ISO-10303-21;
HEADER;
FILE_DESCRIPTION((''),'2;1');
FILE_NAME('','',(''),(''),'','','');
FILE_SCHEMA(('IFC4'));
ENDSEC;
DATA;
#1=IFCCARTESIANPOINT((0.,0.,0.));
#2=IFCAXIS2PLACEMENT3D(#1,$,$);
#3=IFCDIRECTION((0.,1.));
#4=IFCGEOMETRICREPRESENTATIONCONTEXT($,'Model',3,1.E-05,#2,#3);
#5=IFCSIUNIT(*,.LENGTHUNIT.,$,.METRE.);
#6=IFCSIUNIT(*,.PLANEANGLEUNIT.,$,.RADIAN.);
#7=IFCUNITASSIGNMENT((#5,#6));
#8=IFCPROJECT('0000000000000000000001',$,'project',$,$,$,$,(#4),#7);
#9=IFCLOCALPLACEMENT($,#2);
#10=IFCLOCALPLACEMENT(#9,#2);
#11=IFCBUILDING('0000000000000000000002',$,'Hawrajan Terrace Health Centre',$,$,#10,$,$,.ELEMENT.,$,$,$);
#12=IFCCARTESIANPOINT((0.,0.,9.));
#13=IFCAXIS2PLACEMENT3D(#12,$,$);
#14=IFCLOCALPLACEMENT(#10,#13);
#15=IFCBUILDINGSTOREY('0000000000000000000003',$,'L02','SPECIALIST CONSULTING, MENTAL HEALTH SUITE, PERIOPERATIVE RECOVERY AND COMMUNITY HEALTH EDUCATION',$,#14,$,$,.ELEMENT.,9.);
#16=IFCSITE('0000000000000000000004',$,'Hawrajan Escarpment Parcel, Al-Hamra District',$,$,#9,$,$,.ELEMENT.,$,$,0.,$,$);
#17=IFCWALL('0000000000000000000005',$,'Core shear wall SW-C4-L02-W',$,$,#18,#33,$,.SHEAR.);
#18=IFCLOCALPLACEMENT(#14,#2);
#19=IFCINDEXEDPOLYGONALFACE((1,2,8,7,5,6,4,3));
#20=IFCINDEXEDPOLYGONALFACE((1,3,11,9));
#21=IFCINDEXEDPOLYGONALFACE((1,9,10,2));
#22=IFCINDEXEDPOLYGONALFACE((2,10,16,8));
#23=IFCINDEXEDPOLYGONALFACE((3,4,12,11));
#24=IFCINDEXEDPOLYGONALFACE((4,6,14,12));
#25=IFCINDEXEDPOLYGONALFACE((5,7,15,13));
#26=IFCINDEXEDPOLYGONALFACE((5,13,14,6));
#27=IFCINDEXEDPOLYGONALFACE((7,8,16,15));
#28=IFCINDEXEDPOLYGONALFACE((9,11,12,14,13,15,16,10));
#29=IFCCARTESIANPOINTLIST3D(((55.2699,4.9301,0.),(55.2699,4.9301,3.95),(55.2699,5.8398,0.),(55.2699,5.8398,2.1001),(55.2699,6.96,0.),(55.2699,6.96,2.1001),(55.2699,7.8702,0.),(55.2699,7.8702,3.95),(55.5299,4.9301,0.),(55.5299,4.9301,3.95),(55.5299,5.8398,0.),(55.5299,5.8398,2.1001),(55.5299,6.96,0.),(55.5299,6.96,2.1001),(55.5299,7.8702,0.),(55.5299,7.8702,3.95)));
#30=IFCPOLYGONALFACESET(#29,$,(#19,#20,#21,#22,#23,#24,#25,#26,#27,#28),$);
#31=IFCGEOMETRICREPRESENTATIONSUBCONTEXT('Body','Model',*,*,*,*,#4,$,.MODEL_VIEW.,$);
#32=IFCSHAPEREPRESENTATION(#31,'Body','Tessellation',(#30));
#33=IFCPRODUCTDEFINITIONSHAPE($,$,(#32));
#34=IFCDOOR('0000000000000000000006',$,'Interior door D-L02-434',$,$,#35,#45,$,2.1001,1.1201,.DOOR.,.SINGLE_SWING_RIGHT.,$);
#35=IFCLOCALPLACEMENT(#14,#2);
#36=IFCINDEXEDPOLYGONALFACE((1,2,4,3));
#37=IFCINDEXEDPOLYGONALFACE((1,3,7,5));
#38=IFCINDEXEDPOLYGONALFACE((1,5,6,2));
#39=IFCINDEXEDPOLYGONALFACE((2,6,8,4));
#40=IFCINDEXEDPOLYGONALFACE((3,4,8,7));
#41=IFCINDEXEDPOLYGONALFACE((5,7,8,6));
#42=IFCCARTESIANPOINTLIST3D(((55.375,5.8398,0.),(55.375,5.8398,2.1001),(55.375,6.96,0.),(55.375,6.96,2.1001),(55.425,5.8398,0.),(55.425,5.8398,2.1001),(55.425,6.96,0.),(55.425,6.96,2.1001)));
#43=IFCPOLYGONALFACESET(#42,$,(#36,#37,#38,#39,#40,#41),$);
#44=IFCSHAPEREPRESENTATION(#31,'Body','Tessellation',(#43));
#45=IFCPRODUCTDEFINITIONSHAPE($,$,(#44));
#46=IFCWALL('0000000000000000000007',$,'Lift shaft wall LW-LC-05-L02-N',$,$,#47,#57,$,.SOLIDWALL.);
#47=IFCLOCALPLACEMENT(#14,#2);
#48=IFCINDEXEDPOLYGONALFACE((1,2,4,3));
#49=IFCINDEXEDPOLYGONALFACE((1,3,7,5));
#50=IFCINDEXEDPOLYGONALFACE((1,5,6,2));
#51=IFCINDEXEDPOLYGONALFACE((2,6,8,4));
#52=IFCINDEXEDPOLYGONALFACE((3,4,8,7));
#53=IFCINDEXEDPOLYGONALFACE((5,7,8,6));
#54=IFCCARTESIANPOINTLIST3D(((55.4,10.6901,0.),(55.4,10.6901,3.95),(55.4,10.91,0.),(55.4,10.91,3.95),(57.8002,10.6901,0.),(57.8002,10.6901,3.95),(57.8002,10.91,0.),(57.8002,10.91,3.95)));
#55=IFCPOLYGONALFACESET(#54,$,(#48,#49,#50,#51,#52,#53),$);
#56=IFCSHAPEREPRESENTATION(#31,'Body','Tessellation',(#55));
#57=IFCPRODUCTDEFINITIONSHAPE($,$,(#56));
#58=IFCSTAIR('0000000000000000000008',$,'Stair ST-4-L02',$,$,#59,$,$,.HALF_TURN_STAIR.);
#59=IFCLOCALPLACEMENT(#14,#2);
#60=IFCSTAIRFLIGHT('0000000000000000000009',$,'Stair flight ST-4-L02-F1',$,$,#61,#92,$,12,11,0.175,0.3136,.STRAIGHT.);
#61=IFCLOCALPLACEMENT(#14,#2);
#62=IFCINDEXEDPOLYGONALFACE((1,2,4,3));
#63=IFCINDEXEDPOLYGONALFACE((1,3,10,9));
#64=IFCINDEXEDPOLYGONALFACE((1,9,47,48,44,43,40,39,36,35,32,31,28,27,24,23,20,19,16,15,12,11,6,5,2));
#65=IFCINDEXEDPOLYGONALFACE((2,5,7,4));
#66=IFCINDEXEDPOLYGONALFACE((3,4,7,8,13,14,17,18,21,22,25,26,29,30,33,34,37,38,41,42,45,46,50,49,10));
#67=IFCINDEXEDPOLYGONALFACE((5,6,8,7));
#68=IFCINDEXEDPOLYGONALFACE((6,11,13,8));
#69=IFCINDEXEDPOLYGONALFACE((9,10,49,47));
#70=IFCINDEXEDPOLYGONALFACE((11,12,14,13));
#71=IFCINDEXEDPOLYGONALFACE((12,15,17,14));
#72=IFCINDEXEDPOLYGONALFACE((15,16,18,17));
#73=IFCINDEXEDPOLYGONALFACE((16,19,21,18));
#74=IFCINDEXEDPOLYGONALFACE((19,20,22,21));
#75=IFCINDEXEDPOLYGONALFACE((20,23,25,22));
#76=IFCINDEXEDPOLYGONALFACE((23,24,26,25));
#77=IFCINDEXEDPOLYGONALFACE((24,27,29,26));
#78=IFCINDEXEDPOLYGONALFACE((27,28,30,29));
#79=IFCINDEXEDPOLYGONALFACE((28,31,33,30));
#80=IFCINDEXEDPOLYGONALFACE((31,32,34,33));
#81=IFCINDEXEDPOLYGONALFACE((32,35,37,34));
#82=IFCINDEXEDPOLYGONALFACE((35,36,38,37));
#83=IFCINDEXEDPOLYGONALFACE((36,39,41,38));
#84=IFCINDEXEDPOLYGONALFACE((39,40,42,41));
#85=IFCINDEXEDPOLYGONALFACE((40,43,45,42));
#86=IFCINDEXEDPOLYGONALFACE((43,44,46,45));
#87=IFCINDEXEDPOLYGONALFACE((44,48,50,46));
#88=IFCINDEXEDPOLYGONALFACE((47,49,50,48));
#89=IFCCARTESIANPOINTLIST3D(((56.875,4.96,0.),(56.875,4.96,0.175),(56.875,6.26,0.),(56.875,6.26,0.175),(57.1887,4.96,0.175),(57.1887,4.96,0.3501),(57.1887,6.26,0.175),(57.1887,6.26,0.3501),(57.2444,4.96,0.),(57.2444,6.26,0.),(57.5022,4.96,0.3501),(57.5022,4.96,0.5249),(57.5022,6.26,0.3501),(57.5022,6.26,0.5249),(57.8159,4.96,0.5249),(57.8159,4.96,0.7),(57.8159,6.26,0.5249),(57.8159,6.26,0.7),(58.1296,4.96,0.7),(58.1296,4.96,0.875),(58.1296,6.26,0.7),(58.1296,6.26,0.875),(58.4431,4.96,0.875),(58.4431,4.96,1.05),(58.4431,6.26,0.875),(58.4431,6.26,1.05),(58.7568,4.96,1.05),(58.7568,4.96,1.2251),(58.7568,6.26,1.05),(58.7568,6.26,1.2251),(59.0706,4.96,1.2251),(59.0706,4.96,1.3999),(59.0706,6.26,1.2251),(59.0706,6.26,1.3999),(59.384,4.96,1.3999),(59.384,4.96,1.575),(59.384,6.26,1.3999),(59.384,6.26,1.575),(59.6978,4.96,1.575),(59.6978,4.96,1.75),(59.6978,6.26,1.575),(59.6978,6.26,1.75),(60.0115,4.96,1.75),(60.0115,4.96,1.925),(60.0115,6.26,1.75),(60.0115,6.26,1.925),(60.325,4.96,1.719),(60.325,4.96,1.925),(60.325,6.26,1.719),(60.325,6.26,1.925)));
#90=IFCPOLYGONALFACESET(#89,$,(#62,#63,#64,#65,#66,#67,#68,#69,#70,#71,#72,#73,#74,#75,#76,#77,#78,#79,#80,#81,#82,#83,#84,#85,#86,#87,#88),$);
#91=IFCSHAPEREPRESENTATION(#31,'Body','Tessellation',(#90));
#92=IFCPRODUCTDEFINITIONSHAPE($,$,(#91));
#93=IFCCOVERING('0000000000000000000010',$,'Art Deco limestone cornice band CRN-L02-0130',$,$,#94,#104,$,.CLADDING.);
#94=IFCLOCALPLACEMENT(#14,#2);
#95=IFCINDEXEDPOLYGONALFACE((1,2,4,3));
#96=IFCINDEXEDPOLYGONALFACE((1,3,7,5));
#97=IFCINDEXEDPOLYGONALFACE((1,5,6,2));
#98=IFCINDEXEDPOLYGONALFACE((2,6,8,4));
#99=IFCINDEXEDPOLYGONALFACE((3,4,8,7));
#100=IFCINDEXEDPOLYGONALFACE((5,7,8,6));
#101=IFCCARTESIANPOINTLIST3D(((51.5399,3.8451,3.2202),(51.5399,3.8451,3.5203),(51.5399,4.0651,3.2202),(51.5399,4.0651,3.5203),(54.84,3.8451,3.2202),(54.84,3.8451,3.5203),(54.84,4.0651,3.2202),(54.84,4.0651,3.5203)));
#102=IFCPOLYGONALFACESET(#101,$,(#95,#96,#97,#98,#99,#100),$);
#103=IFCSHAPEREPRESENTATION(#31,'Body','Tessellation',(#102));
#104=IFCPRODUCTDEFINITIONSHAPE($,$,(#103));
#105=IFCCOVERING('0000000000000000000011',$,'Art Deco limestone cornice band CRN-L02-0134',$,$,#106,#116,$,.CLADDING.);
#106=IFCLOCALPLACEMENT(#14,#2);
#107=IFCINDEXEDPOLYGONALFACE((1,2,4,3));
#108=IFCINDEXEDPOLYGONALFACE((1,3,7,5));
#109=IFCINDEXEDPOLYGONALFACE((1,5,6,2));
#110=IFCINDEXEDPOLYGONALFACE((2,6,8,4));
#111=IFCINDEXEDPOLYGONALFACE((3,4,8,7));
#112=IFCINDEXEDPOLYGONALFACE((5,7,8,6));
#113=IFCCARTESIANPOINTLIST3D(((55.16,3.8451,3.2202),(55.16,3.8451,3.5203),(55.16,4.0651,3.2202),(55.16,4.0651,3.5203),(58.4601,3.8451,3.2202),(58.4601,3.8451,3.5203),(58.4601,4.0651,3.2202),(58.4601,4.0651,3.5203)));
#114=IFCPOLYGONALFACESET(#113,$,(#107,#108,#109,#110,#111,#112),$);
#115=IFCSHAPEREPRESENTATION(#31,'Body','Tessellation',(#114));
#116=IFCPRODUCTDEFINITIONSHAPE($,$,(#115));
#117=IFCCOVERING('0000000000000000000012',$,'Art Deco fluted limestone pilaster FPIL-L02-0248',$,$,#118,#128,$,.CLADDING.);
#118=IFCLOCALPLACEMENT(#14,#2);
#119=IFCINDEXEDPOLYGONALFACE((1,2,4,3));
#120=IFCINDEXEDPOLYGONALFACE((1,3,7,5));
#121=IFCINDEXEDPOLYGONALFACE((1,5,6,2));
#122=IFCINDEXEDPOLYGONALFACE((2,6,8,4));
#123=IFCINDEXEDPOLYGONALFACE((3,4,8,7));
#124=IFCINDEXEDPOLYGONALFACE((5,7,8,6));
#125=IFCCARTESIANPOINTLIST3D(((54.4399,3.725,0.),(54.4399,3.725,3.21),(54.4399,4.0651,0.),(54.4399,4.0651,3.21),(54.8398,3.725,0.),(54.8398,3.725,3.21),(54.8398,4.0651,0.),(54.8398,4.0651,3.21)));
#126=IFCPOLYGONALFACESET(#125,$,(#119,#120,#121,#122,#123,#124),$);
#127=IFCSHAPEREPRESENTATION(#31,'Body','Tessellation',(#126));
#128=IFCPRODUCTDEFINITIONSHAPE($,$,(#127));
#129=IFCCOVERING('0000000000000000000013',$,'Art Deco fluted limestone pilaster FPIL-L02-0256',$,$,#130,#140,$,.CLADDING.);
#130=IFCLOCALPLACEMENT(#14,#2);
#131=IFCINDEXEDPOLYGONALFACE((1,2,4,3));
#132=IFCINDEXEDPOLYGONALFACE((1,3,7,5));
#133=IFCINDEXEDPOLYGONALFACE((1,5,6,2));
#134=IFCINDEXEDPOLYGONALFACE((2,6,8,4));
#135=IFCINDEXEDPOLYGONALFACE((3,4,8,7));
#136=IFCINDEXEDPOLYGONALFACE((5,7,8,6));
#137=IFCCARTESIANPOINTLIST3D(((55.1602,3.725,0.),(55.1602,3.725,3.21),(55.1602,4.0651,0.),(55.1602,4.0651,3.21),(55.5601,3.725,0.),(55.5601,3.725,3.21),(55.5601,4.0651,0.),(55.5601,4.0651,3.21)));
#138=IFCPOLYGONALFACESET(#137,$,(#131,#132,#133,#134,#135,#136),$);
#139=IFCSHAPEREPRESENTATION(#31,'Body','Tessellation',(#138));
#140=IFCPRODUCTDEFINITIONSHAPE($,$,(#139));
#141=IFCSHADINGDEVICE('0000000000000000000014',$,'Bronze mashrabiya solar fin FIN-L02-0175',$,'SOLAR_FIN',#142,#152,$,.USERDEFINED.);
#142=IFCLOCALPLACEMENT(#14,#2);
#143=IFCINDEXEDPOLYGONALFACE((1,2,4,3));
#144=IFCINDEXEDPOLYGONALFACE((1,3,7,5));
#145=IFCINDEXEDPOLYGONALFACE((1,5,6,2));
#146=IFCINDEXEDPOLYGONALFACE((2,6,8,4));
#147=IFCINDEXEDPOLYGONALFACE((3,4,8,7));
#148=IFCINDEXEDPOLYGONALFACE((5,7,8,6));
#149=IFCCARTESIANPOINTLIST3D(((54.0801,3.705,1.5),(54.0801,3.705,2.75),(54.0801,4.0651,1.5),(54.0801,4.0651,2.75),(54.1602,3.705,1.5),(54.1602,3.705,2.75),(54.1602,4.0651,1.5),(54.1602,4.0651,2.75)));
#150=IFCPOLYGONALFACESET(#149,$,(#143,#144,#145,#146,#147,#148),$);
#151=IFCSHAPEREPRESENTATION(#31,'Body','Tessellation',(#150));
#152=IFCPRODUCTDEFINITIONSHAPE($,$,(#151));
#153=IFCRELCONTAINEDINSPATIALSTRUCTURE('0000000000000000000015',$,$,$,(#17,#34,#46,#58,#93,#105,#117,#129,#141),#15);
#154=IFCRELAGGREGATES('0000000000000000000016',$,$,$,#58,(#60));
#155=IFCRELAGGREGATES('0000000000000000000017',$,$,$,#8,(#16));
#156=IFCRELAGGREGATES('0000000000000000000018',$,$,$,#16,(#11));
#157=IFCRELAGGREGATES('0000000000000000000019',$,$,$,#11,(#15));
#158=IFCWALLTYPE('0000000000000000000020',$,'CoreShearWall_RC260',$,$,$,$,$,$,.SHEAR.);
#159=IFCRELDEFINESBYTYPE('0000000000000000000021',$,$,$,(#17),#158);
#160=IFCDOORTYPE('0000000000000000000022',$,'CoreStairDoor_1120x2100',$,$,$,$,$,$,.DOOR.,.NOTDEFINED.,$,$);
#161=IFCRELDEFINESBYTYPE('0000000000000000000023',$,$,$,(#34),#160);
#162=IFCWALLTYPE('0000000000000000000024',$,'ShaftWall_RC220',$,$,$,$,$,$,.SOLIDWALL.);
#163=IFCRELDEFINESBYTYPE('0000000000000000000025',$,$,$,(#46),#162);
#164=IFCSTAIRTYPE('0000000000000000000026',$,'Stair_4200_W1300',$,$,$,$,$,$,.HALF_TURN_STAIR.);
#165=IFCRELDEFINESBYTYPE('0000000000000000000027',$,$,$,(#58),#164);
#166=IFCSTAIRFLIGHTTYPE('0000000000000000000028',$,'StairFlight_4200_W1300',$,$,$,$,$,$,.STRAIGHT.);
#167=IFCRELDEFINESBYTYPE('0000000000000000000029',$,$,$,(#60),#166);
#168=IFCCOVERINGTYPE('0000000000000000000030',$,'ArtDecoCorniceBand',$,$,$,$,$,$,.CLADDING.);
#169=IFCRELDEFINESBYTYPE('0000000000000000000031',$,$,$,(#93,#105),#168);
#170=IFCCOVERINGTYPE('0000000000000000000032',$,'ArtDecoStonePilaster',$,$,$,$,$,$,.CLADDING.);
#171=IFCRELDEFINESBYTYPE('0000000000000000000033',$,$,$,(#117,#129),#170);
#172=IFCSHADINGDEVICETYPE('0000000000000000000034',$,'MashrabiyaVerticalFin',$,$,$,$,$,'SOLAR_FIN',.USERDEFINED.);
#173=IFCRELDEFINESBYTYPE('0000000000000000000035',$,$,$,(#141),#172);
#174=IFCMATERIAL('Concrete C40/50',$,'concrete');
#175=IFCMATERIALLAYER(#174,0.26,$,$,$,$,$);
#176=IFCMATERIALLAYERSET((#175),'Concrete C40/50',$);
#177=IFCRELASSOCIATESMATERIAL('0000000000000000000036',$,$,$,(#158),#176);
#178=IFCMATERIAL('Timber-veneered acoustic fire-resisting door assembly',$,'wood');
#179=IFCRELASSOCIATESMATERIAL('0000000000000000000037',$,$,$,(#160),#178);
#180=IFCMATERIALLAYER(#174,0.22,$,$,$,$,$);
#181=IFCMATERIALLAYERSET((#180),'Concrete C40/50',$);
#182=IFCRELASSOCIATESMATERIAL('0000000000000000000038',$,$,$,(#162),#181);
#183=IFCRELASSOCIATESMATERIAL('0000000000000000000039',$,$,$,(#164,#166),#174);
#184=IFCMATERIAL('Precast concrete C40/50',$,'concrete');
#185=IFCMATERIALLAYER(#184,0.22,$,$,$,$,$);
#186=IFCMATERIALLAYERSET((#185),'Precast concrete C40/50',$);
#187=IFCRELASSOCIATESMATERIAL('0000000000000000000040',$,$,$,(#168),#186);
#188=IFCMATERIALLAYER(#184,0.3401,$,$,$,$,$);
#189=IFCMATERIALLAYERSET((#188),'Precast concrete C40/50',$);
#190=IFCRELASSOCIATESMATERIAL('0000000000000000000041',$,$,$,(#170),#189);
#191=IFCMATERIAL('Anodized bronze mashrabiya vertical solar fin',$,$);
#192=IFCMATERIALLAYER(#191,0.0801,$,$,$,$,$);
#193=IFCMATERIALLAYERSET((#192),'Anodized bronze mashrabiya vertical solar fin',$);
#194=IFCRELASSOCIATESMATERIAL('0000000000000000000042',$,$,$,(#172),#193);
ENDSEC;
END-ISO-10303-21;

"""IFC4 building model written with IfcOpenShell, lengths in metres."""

from ifc_helpers import new_model, si_unit, direction, frame, frame_2d, origin, origin_2d, place, context, subcontext, project, spatial, polyline, rectangle, outline, extrude, material, layer, layer_set, type_object, element, fill, aggregate, save


model = new_model("IFC4")

# Units and contexts
model_context = context("Model", 3, precision=1e-05, world=origin(), true_north=direction((0.0, 1.0)))
body_context = subcontext(model_context, "Body", "Model", "MODEL_VIEW")
ifc_project = project(units=[si_unit("LENGTHUNIT", "METRE"), si_unit("PLANEANGLEUNIT", "RADIAN")], contexts=[model_context])

# Site, building, storey
site_placement = place(None, origin())
site = spatial("IfcSite", under=ifc_project, at=site_placement, Name="Hawrajan Escarpment Parcel, Al-Hamra District", CompositionType="ELEMENT", RefElevation=0.0)
building_placement = place(site_placement, origin())
building = spatial("IfcBuilding", under=site, at=building_placement, Name="Hawrajan Terrace Health Centre", CompositionType="ELEMENT")
storey_placement = place(building_placement, frame((0.0, 0.0, 9.0)))
storey = spatial("IfcBuildingStorey", under=building, at=storey_placement, Name="L02", Description="SPECIALIST CONSULTING, MENTAL HEALTH SUITE, PERIOPERATIVE RECOVERY AND COMMUNITY HEALTH EDUCATION", CompositionType="ELEMENT", Elevation=9.0)

# Shared definitions
ifc_material_1 = material(Name="Precast concrete C40/50", Category="concrete")
ifc_material_2 = material(Name="Concrete C40/50", Category="concrete")
ifc_layer_1 = layer(ifc_material_2, 0.26)
ifc_layer_set_1 = layer_set([ifc_layer_1], Name="Concrete C40/50")
wall_type_1 = type_object("IfcWallType", Name="CoreShearWall_RC260", PredefinedType="SHEAR", material=ifc_layer_set_1)

# Wall, opening, door
wall_1_placement = place(storey_placement, frame((55.3999, 4.9299, 0.0), z_axis=(0.0, 0.0, 1.0), x_axis=(0.0, 1.0, 0.0)))
wall_1 = element("IfcWall", 1, at=wall_1_placement, inside=storey, type_object=wall_type_1, Name="Core shear wall SW-C4-L02-W", PredefinedType="SHEAR", context=body_context, shape_type="SweptSolid", body=[
    extrude(rectangle(XDim=2.9402, YDim=0.26, at=frame_2d((1.4702, 0.0))), origin(), (0.0, 0.0, 1.0), 3.95),
])
opening_1_placement = place(wall_1_placement, frame((0.9099, 0.0, 0.0)))
opening_1 = element("IfcOpeningElement", 2, at=opening_1_placement, cuts=wall_1, PredefinedType="OPENING", context=body_context, shape_type="SweptSolid", body=[
    extrude(rectangle(XDim=1.1201, YDim=2.1001, at=frame_2d((0.5601, 1.05))), frame((0.0, 0.1399, 0.0), z_axis=(0.0, -1.0, 0.0), x_axis=(1.0, 0.0, 0.0)), (0.0, 0.0, 1.0), 0.28),
])
ifc_material_3 = material(Name="Timber-veneered acoustic fire-resisting door assembly", Category="wood")
door_type_1 = type_object("IfcDoorType", Name="CoreStairDoor_1120x2100", OperationType="NOTDEFINED", PredefinedType="DOOR", material=ifc_material_3)
door_1_placement = place(opening_1_placement, origin())
door_1 = element("IfcDoor", 3, at=door_1_placement, inside=storey, type_object=door_type_1, Name="Interior door D-L02-434", OperationType="SINGLE_SWING_RIGHT", OverallHeight=2.1001, OverallWidth=1.1201, PredefinedType="DOOR", context=body_context, shape_type="SweptSolid", body=[
    extrude(rectangle(XDim=1.1201, YDim=2.1001, at=frame_2d((0.5601, 1.05))), frame((0.0, 0.0249, 0.0), z_axis=(0.0, -1.0, 0.0), x_axis=(1.0, 0.0, 0.0)), (0.0, 0.0, 1.0), 0.05),
])
fill(opening_1, door_1)

# Wall
ifc_layer_2 = layer(ifc_material_2, 0.22)
ifc_layer_set_2 = layer_set([ifc_layer_2], Name="Concrete C40/50")
wall_type_2 = type_object("IfcWallType", Name="ShaftWall_RC220", PredefinedType="SOLIDWALL", material=ifc_layer_set_2)
wall_2_placement = place(storey_placement, frame((55.3999, 10.8, 0.0), z_axis=(0.0, 0.0, 1.0), x_axis=(1.0, 0.0, 0.0)))
element("IfcWall", 4, at=wall_2_placement, inside=storey, type_object=wall_type_2, Name="Lift shaft wall LW-LC-05-L02-N", PredefinedType="SOLIDWALL", context=body_context, shape_type="SweptSolid", body=[
    extrude(rectangle(XDim=2.4001, YDim=0.22, at=frame_2d((1.2002, 0.0))), origin(), (0.0, 0.0, 1.0), 3.95),
])

# Stair, stair flight
stair_type = type_object("IfcStairType", Name="Stair_4200_W1300", PredefinedType="HALF_TURN_STAIR", material=ifc_material_2)
stair_placement = place(storey_placement, origin())
stair = element("IfcStair", 5, at=stair_placement, inside=storey, type_object=stair_type, Name="Stair ST-4-L02", PredefinedType="HALF_TURN_STAIR")
stair_flight_type = type_object("IfcStairFlightType", Name="StairFlight_4200_W1300", PredefinedType="STRAIGHT", material=ifc_material_2)
stair_flight_placement = place(storey_placement, frame((56.875, 5.6101, 0.0), z_axis=(0.0, 0.0, 1.0), x_axis=(1.0, 0.0, 0.0)))
stair_flight = element("IfcStairFlight", 6, at=stair_flight_placement, type_object=stair_flight_type, Name="Stair flight ST-4-L02-F1", NumberOfRisers=12, NumberOfTreads=11, PredefinedType="STRAIGHT", RiserHeight=0.175, TreadLength=0.3136, context=body_context, shape_type="SweptSolid", body=[
    extrude(outline(polyline([(0.0, 0.0), (0.0, 0.175), (0.3137, 0.175), (0.3137, 0.3501), (0.6272, 0.3501), (0.6272, 0.5249), (0.9409, 0.5249), (0.9409, 0.7), (1.2546, 0.7), (1.2546, 0.875), (1.5681, 0.875), (1.5681, 1.05), (1.8818, 1.05), (1.8818, 1.2251), (2.1956, 1.2251), (2.1956, 1.3999), (2.509, 1.3999), (2.509, 1.575), (2.8228, 1.575), (2.8228, 1.75), (3.1365, 1.75), (3.1365, 1.925), (3.45, 1.925), (3.45, 2.1001), (3.45, 1.719), (0.3694, 0.0), (0.0, 0.0)])), frame((0.0, 0.6499, 0.0), z_axis=(0.0, -1.0, 0.0), x_axis=(1.0, 0.0, 0.0)), (0.0, 0.0, 1.0), 1.3),
])
aggregate(stair, [stair_flight])

# Coverings
ifc_layer_3 = layer(ifc_material_1, 0.22)
ifc_layer_set_3 = layer_set([ifc_layer_3], Name="Precast concrete C40/50")
covering_type_1 = type_object("IfcCoveringType", Name="ArtDecoCorniceBand", PredefinedType="CLADDING", material=ifc_layer_set_3)
for number, where, z_axis, x_axis, name in (
    (7, (53.1899, 3.9551, 3.2202), (0.0, 0.0, 1.0), (1.0, 0.0, 0.0), "Art Deco limestone cornice band CRN-L02-0130"),
    (8, (56.8101, 3.9551, 3.2202), (0.0, 0.0, 1.0), (1.0, 0.0, 0.0), "Art Deco limestone cornice band CRN-L02-0134"),
):
    element("IfcCovering", number, at=place(storey_placement, frame(where, z_axis=z_axis, x_axis=x_axis)), inside=storey, type_object=covering_type_1, Name=name, PredefinedType="CLADDING", context=body_context, shape_type="SweptSolid", body=[
        extrude(rectangle(XDim=3.3, YDim=0.22, at=origin_2d()), origin(), (0.0, 0.0, 1.0), 0.3),
    ])
ifc_layer_4 = layer(ifc_material_1, 0.3401)
ifc_layer_set_4 = layer_set([ifc_layer_4], Name="Precast concrete C40/50")
covering_type_2 = type_object("IfcCoveringType", Name="ArtDecoStonePilaster", PredefinedType="CLADDING", material=ifc_layer_set_4)
for number, where, z_axis, x_axis, name in (
    (9, (54.6399, 3.895, 0.0), (0.0, 0.0, 1.0), (1.0, 0.0, 0.0), "Art Deco fluted limestone pilaster FPIL-L02-0248"),
    (10, (55.3601, 3.895, 0.0), (0.0, 0.0, 1.0), (1.0, 0.0, 0.0), "Art Deco fluted limestone pilaster FPIL-L02-0256"),
):
    element("IfcCovering", number, at=place(storey_placement, frame(where, z_axis=z_axis, x_axis=x_axis)), inside=storey, type_object=covering_type_2, Name=name, PredefinedType="CLADDING", context=body_context, shape_type="SweptSolid", body=[
        extrude(rectangle(XDim=0.3999, YDim=0.3401, at=origin_2d()), origin(), (0.0, 0.0, 1.0), 3.21),
    ])

# Shading device
ifc_material_4 = material(Name="Anodized bronze mashrabiya vertical solar fin")
ifc_layer_5 = layer(ifc_material_4, 0.0801)
ifc_layer_set_5 = layer_set([ifc_layer_5], Name="Anodized bronze mashrabiya vertical solar fin")
shading_device_type = type_object("IfcShadingDeviceType", Name="MashrabiyaVerticalFin", ElementType="SOLAR_FIN", PredefinedType="USERDEFINED", material=ifc_layer_set_5)
shading_device_placement = place(storey_placement, frame((54.1201, 3.885, 1.5), z_axis=(0.0, 0.0, 1.0), x_axis=(1.0, 0.0, 0.0)))
element("IfcShadingDevice", 11, at=shading_device_placement, inside=storey, type_object=shading_device_type, Name="Bronze mashrabiya solar fin FIN-L02-0175", ObjectType="SOLAR_FIN", PredefinedType="USERDEFINED", context=body_context, shape_type="SweptSolid", body=[
    extrude(rectangle(XDim=0.0801, YDim=0.3601, at=origin_2d()), origin(), (0.0, 0.0, 1.0), 1.25),
])

save(model, "model.ifc")
